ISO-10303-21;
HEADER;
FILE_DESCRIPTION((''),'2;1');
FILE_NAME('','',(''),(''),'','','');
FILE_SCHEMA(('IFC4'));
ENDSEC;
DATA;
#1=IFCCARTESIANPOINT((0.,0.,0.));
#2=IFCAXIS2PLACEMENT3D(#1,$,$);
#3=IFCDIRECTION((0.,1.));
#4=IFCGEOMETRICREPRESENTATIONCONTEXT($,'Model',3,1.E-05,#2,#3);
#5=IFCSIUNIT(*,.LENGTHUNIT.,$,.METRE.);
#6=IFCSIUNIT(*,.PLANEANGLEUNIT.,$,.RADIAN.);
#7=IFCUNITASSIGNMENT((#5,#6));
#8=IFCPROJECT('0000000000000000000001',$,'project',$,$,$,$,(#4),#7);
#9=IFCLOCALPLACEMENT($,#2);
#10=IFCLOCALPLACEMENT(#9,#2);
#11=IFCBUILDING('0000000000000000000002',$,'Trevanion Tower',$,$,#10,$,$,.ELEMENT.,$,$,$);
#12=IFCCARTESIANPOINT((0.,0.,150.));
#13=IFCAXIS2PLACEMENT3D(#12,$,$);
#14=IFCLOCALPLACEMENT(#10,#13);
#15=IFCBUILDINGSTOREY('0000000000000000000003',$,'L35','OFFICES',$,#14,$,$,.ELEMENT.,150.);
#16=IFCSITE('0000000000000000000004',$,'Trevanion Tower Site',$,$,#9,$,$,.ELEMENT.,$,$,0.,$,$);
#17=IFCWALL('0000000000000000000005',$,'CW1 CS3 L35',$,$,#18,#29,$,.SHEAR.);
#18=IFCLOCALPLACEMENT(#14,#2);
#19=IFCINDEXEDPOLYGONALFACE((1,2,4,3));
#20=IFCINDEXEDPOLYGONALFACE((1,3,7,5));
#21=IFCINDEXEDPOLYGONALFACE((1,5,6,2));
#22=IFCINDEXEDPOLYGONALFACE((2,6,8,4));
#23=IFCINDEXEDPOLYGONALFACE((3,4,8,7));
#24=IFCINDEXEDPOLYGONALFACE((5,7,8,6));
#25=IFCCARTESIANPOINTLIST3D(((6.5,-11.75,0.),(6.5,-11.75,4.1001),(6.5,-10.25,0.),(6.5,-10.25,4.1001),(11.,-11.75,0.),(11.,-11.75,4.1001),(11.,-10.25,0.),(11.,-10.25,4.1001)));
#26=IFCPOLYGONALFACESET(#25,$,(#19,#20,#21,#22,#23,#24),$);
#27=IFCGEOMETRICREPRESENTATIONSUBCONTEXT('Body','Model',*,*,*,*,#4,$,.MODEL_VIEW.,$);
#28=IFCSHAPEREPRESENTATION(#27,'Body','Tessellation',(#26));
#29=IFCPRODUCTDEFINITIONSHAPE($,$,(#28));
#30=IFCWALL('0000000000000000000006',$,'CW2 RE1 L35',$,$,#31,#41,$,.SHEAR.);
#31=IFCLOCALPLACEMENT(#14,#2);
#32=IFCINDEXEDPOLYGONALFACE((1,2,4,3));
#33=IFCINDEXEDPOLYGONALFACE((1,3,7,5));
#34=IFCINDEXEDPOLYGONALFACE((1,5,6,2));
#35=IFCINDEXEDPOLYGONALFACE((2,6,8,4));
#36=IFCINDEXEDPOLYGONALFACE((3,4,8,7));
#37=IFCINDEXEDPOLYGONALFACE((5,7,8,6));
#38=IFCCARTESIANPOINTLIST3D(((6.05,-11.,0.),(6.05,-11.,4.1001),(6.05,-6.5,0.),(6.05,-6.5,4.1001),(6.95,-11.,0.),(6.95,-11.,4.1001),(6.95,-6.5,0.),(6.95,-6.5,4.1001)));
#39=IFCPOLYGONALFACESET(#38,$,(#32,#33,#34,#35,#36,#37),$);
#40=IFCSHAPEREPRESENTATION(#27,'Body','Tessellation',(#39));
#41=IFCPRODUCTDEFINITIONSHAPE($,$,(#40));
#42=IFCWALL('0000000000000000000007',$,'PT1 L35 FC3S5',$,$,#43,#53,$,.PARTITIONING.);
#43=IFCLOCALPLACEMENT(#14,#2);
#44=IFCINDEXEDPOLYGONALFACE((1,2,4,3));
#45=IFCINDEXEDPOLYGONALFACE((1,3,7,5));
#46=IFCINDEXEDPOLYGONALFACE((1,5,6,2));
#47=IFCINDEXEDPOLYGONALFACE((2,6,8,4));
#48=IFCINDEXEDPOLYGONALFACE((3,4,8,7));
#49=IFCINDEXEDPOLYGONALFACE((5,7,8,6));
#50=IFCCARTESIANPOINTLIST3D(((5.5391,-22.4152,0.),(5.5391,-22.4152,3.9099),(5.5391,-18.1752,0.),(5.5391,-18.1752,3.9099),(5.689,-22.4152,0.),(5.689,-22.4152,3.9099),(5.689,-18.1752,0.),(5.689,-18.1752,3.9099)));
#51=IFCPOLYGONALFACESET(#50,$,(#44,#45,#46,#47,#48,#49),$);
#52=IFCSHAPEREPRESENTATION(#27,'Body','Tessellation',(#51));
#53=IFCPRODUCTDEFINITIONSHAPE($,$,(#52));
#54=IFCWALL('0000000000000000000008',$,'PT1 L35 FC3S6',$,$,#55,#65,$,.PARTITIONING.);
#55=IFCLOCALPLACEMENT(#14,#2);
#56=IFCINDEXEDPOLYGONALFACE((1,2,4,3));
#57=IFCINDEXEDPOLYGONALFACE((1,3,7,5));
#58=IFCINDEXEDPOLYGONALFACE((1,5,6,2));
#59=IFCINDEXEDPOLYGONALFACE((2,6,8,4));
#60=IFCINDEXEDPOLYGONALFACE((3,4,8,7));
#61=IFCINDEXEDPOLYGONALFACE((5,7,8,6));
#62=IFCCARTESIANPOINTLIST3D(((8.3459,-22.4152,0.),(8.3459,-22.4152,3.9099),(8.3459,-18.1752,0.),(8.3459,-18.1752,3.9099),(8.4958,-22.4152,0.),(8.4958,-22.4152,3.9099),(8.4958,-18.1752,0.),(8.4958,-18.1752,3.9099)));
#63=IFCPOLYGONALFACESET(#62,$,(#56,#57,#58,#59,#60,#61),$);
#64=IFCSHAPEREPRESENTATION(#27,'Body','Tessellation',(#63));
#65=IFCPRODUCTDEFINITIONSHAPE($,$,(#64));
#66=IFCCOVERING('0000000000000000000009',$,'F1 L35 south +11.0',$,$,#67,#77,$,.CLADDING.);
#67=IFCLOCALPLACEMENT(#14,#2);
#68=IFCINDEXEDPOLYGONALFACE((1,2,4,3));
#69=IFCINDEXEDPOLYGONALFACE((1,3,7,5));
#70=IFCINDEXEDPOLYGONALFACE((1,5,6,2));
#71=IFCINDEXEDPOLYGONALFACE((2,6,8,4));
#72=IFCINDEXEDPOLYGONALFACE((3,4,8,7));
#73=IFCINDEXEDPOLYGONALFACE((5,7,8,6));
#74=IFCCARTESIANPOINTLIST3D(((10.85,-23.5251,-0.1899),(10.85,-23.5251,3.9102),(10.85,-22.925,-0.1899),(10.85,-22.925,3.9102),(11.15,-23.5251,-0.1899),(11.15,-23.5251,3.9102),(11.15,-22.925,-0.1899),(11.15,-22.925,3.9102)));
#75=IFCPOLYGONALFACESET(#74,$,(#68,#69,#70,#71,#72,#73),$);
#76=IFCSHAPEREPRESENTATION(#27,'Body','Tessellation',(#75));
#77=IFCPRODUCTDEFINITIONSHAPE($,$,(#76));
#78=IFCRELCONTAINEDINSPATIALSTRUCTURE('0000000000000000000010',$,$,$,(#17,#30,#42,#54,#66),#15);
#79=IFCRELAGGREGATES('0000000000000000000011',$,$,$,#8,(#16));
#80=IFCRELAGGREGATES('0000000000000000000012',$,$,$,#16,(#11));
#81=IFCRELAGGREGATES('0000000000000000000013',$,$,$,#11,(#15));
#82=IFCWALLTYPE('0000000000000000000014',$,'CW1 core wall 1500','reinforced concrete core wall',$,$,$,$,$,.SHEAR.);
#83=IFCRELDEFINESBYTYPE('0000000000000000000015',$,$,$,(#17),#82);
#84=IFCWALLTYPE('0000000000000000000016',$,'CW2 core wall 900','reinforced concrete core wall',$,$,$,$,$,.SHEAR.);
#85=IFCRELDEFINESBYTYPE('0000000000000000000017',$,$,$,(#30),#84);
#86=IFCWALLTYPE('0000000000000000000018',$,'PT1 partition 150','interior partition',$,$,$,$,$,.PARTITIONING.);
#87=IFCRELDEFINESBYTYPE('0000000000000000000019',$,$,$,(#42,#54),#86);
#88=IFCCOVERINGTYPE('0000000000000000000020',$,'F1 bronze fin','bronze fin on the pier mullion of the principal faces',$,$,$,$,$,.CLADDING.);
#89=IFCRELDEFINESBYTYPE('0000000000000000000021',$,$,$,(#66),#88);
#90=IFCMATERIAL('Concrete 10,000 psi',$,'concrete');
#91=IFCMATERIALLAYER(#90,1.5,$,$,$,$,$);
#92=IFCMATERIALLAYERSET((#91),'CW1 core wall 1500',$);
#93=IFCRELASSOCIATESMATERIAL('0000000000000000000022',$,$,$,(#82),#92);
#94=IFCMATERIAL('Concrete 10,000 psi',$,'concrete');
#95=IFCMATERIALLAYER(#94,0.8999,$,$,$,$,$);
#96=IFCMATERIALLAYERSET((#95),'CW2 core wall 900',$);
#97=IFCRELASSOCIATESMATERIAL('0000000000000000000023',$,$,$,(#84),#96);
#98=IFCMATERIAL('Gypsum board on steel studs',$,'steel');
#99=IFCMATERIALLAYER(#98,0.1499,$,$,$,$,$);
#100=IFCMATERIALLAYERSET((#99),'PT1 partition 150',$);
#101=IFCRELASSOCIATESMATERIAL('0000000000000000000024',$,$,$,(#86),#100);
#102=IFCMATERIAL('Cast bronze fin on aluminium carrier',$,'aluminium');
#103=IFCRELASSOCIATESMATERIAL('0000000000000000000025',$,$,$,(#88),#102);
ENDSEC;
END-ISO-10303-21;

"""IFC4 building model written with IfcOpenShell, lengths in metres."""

from ifc_helpers import new_model, si_unit, direction, frame, frame_2d, origin, origin_2d, place, context, subcontext, project, spatial, rectangle, extrude, material, layer, layer_set, type_object, element, save


model = new_model("IFC4")

# Units and contexts
model_context = context("Model", 3, precision=1e-05, world=origin(), true_north=direction((0.0, 1.0)))
body_context = subcontext(model_context, "Body", "Model", "MODEL_VIEW")
ifc_project = project(units=[si_unit("LENGTHUNIT", "METRE"), si_unit("PLANEANGLEUNIT", "RADIAN")], contexts=[model_context])

# Site, building, storey
site_placement = place(None, origin())
site = spatial("IfcSite", under=ifc_project, at=site_placement, Name="Trevanion Tower Site", CompositionType="ELEMENT", RefElevation=0.0)
building_placement = place(site_placement, origin())
building = spatial("IfcBuilding", under=site, at=building_placement, Name="Trevanion Tower", CompositionType="ELEMENT")
storey_placement = place(building_placement, frame((0.0, 0.0, 150.0)))
storey = spatial("IfcBuildingStorey", under=building, at=storey_placement, Name="L35", Description="OFFICES", CompositionType="ELEMENT", Elevation=150.0)

# Walls
ifc_material_1 = material(Name="Concrete 10,000 psi", Category="concrete")
ifc_layer_1 = layer(ifc_material_1, 1.5)
ifc_layer_set_1 = layer_set([ifc_layer_1], Name="CW1 core wall 1500")
wall_type_1 = type_object("IfcWallType", Name="CW1 core wall 1500", Description="reinforced concrete core wall", PredefinedType="SHEAR", material=ifc_layer_set_1)
wall_1_placement = place(storey_placement, frame((6.5, -11.0, 0.0), z_axis=(0.0, 0.0, 1.0), x_axis=(1.0, 0.0, 0.0)))
element("IfcWall", 1, at=wall_1_placement, inside=storey, type_object=wall_type_1, Name="CW1 CS3 L35", PredefinedType="SHEAR", context=body_context, shape_type="SweptSolid", body=[
    extrude(rectangle(XDim=4.5, YDim=1.5, at=frame_2d((2.25, 0.0))), origin(), (0.0, 0.0, 1.0), 4.1001),
])
ifc_material_2 = material(Name="Concrete 10,000 psi", Category="concrete")
ifc_layer_2 = layer(ifc_material_2, 0.8999)
ifc_layer_set_2 = layer_set([ifc_layer_2], Name="CW2 core wall 900")
wall_type_2 = type_object("IfcWallType", Name="CW2 core wall 900", Description="reinforced concrete core wall", PredefinedType="SHEAR", material=ifc_layer_set_2)
wall_2_placement = place(storey_placement, frame((6.5, -11.0, 0.0), z_axis=(0.0, 0.0, 1.0), x_axis=(0.0, 1.0, 0.0)))
element("IfcWall", 2, at=wall_2_placement, inside=storey, type_object=wall_type_2, Name="CW2 RE1 L35", PredefinedType="SHEAR", context=body_context, shape_type="SweptSolid", body=[
    extrude(rectangle(XDim=4.5, YDim=0.8999, at=frame_2d((2.25, 0.0))), origin(), (0.0, 0.0, 1.0), 4.1001),
])
ifc_material_3 = material(Name="Gypsum board on steel studs", Category="steel")
ifc_layer_3 = layer(ifc_material_3, 0.1499)
ifc_layer_set_3 = layer_set([ifc_layer_3], Name="PT1 partition 150")
wall_type_3 = type_object("IfcWallType", Name="PT1 partition 150", Description="interior partition", PredefinedType="PARTITIONING", material=ifc_layer_set_3)
for number, where, z_axis, x_axis, name in (
    (3, (5.614, -18.175, 0.0), (0.0, 0.0, 1.0), (0.0, -1.0, 0.0), "PT1 L35 FC3S5"),
    (4, (8.4209, -18.175, 0.0), (0.0, 0.0, 1.0), (0.0, -1.0, 0.0), "PT1 L35 FC3S6"),
):
    element("IfcWall", number, at=place(storey_placement, frame(where, z_axis=z_axis, x_axis=x_axis)), inside=storey, type_object=wall_type_3, Name=name, PredefinedType="PARTITIONING", context=body_context, shape_type="SweptSolid", body=[
        extrude(rectangle(XDim=4.24, YDim=0.1499, at=frame_2d((2.1201, 0.0))), origin(), (0.0, 0.0, 1.0), 3.9099),
    ])

# Covering
ifc_material_4 = material(Name="Cast bronze fin on aluminium carrier", Category="aluminium")
covering_type = type_object("IfcCoveringType", Name="F1 bronze fin", Description="bronze fin on the pier mullion of the principal faces", PredefinedType="CLADDING", material=ifc_material_4)
covering_placement = place(storey_placement, frame((11.0, -23.2251, -0.1899), z_axis=(0.0, 0.0, 1.0), x_axis=(1.0, 0.0, 0.0)))
element("IfcCovering", 5, at=covering_placement, inside=storey, type_object=covering_type, Name="F1 L35 south +11.0", PredefinedType="CLADDING", context=body_context, shape_type="SweptSolid", body=[
    extrude(rectangle(XDim=0.3, YDim=0.6001, at=origin_2d()), origin(), (0.0, 0.0, 1.0), 4.1001),
])

save(model, "model.ifc")
